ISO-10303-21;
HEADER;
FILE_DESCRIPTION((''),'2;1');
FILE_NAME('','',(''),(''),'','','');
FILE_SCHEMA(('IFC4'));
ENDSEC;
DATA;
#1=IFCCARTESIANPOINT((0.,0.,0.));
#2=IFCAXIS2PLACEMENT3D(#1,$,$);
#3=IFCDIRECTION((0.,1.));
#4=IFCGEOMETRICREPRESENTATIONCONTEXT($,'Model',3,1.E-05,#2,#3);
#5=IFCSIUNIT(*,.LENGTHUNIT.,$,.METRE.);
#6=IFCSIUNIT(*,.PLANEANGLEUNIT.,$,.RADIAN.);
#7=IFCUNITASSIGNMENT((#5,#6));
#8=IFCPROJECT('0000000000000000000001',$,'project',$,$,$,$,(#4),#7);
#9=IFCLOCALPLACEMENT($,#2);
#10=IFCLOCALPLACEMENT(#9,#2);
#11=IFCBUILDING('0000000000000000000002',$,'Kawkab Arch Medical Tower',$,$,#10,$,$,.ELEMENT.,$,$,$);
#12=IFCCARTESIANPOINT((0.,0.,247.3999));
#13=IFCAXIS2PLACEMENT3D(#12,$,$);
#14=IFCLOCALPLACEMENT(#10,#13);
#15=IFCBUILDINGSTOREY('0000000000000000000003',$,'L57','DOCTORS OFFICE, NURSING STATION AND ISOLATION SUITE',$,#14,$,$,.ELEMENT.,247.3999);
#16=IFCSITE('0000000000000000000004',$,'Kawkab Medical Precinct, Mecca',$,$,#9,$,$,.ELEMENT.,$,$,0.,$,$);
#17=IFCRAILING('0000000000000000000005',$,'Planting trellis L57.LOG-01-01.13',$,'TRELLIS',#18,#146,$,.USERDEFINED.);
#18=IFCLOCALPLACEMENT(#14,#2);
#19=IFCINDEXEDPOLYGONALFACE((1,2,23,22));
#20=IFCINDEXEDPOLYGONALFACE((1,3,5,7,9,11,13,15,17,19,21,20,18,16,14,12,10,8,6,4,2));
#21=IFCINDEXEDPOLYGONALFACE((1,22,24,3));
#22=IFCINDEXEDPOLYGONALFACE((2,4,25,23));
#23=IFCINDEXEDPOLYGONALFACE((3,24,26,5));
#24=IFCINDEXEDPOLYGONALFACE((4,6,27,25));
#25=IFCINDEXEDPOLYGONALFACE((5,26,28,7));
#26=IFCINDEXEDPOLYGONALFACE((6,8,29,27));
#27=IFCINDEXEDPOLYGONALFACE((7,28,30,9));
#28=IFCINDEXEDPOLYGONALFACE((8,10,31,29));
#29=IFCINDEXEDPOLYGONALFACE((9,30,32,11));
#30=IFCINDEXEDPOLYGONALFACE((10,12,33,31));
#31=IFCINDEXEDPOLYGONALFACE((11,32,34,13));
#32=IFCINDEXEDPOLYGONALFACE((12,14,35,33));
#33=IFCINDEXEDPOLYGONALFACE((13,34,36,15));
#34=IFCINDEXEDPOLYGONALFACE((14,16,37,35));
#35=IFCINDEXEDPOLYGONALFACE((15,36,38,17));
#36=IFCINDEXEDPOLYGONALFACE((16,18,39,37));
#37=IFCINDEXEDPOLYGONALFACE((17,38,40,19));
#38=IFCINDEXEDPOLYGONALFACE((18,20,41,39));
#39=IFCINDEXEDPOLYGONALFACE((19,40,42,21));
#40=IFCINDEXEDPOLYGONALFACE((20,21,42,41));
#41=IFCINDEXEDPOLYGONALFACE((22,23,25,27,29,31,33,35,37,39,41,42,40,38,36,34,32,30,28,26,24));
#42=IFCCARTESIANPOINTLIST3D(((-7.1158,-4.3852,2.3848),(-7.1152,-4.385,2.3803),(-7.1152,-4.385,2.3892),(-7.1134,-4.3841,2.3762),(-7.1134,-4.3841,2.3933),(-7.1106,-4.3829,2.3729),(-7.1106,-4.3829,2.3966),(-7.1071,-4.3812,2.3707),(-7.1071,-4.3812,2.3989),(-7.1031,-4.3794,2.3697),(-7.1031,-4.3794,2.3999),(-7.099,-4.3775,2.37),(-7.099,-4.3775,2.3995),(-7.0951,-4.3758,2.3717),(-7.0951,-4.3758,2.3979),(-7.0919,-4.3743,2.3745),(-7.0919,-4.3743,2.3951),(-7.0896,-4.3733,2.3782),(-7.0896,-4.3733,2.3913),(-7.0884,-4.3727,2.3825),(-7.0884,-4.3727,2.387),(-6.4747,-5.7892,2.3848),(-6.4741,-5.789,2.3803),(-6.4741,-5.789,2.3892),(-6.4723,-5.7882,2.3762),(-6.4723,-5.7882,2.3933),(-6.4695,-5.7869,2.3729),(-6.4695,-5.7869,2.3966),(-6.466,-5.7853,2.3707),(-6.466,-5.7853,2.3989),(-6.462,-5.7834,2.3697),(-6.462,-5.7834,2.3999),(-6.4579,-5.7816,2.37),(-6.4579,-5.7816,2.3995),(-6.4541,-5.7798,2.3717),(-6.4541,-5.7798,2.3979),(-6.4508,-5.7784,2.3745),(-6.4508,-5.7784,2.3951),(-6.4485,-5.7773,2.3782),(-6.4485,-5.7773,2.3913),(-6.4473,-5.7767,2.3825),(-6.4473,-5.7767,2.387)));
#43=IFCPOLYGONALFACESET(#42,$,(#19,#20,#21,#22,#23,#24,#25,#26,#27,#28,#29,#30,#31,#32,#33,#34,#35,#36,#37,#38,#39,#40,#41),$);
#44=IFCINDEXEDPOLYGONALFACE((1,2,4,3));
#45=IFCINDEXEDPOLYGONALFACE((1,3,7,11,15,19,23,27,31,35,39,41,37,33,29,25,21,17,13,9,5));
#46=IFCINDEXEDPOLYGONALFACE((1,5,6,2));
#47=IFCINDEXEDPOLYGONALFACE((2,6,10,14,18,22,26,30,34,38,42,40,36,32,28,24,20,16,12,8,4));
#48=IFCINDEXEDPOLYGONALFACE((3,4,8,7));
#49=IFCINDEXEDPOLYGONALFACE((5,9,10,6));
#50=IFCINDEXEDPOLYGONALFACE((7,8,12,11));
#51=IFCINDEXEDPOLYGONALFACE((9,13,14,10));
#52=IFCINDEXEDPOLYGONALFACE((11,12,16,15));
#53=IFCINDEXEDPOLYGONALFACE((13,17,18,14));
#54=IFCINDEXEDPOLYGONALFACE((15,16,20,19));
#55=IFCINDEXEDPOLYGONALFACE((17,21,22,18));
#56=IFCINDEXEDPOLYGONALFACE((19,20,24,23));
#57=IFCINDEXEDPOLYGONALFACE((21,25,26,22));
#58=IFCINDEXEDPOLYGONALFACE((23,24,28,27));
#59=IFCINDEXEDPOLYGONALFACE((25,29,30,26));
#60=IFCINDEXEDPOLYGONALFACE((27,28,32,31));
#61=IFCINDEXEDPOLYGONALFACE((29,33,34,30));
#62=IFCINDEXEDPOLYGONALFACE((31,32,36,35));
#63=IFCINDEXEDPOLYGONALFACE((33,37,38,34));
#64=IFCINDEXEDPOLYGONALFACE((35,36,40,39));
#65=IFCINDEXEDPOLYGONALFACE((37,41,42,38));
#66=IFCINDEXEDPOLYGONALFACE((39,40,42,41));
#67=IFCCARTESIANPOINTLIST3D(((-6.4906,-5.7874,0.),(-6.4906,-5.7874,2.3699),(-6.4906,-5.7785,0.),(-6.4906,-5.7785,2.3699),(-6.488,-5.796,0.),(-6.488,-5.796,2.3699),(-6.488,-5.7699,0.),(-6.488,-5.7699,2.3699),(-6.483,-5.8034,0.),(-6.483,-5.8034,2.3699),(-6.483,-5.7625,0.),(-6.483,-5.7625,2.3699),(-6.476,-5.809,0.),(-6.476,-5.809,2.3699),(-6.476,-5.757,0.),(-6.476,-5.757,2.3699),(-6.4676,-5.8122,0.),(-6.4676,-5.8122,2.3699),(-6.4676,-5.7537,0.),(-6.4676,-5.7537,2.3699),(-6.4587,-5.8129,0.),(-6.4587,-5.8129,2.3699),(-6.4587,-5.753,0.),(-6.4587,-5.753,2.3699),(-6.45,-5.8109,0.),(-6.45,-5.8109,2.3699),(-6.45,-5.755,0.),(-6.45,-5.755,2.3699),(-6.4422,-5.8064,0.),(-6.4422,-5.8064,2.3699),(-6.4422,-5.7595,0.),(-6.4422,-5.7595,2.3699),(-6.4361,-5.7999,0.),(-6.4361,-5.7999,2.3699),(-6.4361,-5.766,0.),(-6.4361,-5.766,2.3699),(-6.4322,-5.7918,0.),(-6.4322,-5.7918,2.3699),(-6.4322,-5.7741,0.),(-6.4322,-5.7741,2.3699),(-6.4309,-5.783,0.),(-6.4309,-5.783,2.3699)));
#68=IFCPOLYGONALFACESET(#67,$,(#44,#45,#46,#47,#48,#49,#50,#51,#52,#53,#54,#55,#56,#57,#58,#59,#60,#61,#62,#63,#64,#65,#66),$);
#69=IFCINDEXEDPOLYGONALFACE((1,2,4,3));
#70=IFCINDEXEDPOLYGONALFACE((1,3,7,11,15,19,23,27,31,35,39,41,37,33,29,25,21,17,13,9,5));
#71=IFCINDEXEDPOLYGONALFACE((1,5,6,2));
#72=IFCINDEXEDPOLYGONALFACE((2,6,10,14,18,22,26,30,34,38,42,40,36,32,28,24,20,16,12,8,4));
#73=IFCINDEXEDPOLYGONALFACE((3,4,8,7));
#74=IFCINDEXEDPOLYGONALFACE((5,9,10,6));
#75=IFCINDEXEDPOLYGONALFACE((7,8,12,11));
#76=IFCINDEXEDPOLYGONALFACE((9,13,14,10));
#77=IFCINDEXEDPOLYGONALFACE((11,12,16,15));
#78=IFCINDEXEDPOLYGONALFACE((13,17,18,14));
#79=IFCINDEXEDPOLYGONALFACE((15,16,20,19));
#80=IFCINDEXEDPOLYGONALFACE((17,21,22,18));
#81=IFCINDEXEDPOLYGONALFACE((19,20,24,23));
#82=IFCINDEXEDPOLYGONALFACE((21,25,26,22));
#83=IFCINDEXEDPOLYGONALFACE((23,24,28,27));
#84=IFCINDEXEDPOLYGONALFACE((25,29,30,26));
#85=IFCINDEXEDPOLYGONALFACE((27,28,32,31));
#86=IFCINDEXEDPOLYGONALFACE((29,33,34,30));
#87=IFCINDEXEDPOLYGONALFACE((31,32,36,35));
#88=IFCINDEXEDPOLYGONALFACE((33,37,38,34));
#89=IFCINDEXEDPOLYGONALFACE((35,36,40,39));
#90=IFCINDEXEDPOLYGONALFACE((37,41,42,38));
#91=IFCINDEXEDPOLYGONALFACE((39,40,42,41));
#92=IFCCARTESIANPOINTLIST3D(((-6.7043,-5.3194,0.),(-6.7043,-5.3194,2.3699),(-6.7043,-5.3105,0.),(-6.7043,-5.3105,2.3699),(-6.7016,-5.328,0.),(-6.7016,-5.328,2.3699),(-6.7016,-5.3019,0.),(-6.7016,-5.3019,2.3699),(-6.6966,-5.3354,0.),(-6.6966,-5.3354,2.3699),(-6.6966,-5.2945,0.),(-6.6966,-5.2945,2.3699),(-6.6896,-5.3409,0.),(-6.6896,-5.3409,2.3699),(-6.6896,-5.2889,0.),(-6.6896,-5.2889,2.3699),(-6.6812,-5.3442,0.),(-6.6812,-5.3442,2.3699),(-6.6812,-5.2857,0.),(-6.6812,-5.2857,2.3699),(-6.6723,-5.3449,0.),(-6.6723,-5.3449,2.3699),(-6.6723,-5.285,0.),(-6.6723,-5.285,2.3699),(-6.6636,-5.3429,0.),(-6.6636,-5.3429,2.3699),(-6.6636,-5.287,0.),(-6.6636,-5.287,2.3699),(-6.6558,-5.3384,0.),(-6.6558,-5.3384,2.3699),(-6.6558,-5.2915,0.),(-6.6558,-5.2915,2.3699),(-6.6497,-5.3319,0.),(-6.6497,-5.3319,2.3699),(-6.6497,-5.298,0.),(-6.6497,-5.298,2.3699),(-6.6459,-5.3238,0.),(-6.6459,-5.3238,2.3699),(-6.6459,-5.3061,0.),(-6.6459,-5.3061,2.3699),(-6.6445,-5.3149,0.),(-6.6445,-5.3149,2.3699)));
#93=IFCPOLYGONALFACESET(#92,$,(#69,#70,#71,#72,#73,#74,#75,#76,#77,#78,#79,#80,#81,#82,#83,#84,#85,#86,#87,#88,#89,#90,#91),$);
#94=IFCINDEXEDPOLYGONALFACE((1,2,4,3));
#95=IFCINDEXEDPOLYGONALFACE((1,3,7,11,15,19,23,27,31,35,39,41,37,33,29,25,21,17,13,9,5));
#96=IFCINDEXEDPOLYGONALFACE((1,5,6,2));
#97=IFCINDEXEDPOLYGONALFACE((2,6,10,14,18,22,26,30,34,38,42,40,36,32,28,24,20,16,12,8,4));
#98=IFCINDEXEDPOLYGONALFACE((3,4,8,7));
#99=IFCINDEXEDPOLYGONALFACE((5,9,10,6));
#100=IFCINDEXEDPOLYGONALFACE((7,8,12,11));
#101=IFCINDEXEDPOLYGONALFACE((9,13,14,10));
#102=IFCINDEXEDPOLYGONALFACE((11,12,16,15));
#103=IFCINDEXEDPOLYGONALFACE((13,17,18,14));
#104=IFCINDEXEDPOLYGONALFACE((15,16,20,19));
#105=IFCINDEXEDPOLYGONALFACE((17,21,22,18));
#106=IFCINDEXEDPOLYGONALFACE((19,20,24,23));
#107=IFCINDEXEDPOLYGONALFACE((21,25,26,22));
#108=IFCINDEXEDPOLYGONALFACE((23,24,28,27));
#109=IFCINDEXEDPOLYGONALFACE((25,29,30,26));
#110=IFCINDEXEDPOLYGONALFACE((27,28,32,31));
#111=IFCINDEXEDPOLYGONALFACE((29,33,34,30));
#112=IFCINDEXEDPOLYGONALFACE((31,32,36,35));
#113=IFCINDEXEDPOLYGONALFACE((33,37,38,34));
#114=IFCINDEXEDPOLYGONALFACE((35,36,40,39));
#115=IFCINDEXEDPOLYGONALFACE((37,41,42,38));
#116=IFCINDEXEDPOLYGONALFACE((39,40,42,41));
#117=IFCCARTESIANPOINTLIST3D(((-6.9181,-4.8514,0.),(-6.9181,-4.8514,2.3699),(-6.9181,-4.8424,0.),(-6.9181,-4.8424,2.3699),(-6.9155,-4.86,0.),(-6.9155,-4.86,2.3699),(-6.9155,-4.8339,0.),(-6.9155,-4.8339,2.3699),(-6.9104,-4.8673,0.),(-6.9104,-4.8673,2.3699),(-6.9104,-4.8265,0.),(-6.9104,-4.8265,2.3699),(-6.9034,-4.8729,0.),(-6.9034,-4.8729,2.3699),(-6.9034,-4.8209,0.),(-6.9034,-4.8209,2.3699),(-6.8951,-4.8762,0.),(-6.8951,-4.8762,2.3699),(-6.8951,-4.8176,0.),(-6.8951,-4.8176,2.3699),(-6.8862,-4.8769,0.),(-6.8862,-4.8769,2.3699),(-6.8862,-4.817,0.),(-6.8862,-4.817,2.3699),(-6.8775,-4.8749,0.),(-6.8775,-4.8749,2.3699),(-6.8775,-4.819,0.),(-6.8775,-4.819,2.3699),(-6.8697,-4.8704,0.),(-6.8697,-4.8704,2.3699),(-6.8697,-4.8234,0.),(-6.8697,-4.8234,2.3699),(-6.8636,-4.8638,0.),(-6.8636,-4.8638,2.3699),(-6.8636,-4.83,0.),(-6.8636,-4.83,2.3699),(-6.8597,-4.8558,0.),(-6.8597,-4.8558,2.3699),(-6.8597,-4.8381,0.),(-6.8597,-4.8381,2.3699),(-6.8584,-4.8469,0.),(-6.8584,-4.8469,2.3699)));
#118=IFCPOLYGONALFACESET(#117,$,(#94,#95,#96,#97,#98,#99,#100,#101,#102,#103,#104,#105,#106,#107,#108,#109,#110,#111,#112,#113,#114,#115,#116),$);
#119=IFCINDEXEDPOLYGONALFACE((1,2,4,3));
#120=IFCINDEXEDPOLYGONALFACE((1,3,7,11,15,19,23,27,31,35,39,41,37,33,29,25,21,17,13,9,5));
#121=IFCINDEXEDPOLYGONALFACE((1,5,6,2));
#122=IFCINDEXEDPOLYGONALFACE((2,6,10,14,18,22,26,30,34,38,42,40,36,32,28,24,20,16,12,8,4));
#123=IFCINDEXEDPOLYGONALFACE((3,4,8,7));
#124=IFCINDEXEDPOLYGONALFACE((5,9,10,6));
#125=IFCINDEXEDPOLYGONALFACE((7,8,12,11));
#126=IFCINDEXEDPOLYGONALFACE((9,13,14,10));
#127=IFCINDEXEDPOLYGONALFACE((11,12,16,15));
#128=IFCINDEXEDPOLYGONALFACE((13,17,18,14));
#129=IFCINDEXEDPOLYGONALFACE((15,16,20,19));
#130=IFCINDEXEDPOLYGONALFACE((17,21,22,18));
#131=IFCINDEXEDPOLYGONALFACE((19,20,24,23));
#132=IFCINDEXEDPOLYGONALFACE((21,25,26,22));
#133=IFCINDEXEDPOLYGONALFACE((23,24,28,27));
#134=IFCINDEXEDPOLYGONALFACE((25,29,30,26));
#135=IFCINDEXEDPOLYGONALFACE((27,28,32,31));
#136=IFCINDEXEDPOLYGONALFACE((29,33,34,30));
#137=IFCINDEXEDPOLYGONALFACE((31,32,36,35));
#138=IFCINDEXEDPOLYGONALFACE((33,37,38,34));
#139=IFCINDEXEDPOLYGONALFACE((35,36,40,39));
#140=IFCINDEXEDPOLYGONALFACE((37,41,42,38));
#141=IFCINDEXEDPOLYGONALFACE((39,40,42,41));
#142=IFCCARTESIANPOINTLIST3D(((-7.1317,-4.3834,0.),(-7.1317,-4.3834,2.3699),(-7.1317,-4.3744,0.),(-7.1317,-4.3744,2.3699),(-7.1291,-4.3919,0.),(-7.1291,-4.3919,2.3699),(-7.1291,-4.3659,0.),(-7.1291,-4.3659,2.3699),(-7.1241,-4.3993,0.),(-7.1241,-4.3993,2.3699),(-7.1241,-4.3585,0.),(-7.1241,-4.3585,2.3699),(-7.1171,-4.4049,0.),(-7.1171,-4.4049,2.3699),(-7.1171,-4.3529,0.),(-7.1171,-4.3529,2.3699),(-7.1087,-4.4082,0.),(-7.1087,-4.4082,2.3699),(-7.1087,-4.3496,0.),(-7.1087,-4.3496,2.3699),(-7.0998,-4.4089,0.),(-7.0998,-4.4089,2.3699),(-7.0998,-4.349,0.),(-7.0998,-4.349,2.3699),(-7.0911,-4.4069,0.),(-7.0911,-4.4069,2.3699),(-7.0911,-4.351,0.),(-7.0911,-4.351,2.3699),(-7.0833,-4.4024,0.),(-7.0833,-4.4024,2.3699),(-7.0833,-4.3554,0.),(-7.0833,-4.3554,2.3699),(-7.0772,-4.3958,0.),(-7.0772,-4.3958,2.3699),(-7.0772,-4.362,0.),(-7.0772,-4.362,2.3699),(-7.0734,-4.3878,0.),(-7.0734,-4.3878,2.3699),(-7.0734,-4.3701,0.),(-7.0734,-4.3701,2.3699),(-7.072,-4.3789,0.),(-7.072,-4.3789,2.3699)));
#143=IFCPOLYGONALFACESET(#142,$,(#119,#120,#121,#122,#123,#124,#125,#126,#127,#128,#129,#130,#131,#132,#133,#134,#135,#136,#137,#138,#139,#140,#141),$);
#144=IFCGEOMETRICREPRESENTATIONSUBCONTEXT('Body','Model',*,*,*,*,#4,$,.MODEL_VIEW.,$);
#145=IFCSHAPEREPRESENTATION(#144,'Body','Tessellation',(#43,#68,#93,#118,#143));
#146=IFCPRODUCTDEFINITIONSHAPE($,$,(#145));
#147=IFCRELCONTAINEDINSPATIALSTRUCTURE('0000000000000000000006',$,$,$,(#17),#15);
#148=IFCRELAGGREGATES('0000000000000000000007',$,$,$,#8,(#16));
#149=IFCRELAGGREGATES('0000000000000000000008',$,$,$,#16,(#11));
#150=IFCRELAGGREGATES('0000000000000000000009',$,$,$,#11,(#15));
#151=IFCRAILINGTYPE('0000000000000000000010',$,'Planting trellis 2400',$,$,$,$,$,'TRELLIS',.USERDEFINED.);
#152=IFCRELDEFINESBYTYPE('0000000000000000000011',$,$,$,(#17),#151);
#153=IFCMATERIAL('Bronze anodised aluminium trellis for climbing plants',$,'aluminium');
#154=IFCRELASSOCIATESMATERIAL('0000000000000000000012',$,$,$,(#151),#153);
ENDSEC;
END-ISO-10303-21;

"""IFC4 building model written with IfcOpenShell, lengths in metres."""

from ifc_helpers import new_model, si_unit, direction, frame, origin, origin_2d, place, context, subcontext, project, spatial, circle, extrude, material, type_object, element, save


model = new_model("IFC4")

# Units and contexts
model_context = context("Model", 3, precision=1e-05, world=origin(), true_north=direction((0.0, 1.0)))
body_context = subcontext(model_context, "Body", "Model", "MODEL_VIEW")
ifc_project = project(units=[si_unit("LENGTHUNIT", "METRE"), si_unit("PLANEANGLEUNIT", "RADIAN")], contexts=[model_context])

# Site, building, storey
site_placement = place(None, origin())
site = spatial("IfcSite", under=ifc_project, at=site_placement, Name="Kawkab Medical Precinct, Mecca", CompositionType="ELEMENT", RefElevation=0.0)
building_placement = place(site_placement, origin())
building = spatial("IfcBuilding", under=site, at=building_placement, Name="Kawkab Arch Medical Tower", CompositionType="ELEMENT")
storey_placement = place(building_placement, frame((0.0, 0.0, 247.3999)))
storey = spatial("IfcBuildingStorey", under=building, at=storey_placement, Name="L57", Description="DOCTORS OFFICE, NURSING STATION AND ISOLATION SUITE", CompositionType="ELEMENT", Elevation=247.3999)

# Railing
ifc_material_1 = material(Name="Bronze anodised aluminium trellis for climbing plants", Category="aluminium")
railing_type = type_object("IfcRailingType", Name="Planting trellis 2400", ElementType="TRELLIS", PredefinedType="USERDEFINED", material=ifc_material_1)
railing_1_placement = place(storey_placement, frame((-6.4609, -5.783, 0.0)))
element("IfcRailing", 1, at=railing_1_placement, inside=storey, type_object=railing_type, Name="Planting trellis L57.LOG-01-01.13", ObjectType="TRELLIS", PredefinedType="USERDEFINED", context=body_context, shape_type="SweptSolid", body=[
    extrude(circle(Radius=0.0151, at=origin_2d()), frame((0.0, 0.0, 2.3848), z_axis=(-0.415363, 0.909656, 0.0), x_axis=(-0.909656, -0.415363, 0.0)), (0.0, 0.0, 1.0), 1.5435),
    extrude(circle(Radius=0.03, at=origin_2d()), origin(), (0.0, 0.0, 1.0), 2.3699),
    extrude(circle(Radius=0.03, at=origin_2d()), frame((-0.2136, 0.468, 0.0)), (0.0, 0.0, 1.0), 2.3699),
    extrude(circle(Radius=0.03, at=origin_2d()), frame((-0.4275, 0.936, 0.0)), (0.0, 0.0, 1.0), 2.3699),
    extrude(circle(Radius=0.03, at=origin_2d()), frame((-0.6411, 1.4041, 0.0)), (0.0, 0.0, 1.0), 2.3699),
])

save(model, "model.ifc")
